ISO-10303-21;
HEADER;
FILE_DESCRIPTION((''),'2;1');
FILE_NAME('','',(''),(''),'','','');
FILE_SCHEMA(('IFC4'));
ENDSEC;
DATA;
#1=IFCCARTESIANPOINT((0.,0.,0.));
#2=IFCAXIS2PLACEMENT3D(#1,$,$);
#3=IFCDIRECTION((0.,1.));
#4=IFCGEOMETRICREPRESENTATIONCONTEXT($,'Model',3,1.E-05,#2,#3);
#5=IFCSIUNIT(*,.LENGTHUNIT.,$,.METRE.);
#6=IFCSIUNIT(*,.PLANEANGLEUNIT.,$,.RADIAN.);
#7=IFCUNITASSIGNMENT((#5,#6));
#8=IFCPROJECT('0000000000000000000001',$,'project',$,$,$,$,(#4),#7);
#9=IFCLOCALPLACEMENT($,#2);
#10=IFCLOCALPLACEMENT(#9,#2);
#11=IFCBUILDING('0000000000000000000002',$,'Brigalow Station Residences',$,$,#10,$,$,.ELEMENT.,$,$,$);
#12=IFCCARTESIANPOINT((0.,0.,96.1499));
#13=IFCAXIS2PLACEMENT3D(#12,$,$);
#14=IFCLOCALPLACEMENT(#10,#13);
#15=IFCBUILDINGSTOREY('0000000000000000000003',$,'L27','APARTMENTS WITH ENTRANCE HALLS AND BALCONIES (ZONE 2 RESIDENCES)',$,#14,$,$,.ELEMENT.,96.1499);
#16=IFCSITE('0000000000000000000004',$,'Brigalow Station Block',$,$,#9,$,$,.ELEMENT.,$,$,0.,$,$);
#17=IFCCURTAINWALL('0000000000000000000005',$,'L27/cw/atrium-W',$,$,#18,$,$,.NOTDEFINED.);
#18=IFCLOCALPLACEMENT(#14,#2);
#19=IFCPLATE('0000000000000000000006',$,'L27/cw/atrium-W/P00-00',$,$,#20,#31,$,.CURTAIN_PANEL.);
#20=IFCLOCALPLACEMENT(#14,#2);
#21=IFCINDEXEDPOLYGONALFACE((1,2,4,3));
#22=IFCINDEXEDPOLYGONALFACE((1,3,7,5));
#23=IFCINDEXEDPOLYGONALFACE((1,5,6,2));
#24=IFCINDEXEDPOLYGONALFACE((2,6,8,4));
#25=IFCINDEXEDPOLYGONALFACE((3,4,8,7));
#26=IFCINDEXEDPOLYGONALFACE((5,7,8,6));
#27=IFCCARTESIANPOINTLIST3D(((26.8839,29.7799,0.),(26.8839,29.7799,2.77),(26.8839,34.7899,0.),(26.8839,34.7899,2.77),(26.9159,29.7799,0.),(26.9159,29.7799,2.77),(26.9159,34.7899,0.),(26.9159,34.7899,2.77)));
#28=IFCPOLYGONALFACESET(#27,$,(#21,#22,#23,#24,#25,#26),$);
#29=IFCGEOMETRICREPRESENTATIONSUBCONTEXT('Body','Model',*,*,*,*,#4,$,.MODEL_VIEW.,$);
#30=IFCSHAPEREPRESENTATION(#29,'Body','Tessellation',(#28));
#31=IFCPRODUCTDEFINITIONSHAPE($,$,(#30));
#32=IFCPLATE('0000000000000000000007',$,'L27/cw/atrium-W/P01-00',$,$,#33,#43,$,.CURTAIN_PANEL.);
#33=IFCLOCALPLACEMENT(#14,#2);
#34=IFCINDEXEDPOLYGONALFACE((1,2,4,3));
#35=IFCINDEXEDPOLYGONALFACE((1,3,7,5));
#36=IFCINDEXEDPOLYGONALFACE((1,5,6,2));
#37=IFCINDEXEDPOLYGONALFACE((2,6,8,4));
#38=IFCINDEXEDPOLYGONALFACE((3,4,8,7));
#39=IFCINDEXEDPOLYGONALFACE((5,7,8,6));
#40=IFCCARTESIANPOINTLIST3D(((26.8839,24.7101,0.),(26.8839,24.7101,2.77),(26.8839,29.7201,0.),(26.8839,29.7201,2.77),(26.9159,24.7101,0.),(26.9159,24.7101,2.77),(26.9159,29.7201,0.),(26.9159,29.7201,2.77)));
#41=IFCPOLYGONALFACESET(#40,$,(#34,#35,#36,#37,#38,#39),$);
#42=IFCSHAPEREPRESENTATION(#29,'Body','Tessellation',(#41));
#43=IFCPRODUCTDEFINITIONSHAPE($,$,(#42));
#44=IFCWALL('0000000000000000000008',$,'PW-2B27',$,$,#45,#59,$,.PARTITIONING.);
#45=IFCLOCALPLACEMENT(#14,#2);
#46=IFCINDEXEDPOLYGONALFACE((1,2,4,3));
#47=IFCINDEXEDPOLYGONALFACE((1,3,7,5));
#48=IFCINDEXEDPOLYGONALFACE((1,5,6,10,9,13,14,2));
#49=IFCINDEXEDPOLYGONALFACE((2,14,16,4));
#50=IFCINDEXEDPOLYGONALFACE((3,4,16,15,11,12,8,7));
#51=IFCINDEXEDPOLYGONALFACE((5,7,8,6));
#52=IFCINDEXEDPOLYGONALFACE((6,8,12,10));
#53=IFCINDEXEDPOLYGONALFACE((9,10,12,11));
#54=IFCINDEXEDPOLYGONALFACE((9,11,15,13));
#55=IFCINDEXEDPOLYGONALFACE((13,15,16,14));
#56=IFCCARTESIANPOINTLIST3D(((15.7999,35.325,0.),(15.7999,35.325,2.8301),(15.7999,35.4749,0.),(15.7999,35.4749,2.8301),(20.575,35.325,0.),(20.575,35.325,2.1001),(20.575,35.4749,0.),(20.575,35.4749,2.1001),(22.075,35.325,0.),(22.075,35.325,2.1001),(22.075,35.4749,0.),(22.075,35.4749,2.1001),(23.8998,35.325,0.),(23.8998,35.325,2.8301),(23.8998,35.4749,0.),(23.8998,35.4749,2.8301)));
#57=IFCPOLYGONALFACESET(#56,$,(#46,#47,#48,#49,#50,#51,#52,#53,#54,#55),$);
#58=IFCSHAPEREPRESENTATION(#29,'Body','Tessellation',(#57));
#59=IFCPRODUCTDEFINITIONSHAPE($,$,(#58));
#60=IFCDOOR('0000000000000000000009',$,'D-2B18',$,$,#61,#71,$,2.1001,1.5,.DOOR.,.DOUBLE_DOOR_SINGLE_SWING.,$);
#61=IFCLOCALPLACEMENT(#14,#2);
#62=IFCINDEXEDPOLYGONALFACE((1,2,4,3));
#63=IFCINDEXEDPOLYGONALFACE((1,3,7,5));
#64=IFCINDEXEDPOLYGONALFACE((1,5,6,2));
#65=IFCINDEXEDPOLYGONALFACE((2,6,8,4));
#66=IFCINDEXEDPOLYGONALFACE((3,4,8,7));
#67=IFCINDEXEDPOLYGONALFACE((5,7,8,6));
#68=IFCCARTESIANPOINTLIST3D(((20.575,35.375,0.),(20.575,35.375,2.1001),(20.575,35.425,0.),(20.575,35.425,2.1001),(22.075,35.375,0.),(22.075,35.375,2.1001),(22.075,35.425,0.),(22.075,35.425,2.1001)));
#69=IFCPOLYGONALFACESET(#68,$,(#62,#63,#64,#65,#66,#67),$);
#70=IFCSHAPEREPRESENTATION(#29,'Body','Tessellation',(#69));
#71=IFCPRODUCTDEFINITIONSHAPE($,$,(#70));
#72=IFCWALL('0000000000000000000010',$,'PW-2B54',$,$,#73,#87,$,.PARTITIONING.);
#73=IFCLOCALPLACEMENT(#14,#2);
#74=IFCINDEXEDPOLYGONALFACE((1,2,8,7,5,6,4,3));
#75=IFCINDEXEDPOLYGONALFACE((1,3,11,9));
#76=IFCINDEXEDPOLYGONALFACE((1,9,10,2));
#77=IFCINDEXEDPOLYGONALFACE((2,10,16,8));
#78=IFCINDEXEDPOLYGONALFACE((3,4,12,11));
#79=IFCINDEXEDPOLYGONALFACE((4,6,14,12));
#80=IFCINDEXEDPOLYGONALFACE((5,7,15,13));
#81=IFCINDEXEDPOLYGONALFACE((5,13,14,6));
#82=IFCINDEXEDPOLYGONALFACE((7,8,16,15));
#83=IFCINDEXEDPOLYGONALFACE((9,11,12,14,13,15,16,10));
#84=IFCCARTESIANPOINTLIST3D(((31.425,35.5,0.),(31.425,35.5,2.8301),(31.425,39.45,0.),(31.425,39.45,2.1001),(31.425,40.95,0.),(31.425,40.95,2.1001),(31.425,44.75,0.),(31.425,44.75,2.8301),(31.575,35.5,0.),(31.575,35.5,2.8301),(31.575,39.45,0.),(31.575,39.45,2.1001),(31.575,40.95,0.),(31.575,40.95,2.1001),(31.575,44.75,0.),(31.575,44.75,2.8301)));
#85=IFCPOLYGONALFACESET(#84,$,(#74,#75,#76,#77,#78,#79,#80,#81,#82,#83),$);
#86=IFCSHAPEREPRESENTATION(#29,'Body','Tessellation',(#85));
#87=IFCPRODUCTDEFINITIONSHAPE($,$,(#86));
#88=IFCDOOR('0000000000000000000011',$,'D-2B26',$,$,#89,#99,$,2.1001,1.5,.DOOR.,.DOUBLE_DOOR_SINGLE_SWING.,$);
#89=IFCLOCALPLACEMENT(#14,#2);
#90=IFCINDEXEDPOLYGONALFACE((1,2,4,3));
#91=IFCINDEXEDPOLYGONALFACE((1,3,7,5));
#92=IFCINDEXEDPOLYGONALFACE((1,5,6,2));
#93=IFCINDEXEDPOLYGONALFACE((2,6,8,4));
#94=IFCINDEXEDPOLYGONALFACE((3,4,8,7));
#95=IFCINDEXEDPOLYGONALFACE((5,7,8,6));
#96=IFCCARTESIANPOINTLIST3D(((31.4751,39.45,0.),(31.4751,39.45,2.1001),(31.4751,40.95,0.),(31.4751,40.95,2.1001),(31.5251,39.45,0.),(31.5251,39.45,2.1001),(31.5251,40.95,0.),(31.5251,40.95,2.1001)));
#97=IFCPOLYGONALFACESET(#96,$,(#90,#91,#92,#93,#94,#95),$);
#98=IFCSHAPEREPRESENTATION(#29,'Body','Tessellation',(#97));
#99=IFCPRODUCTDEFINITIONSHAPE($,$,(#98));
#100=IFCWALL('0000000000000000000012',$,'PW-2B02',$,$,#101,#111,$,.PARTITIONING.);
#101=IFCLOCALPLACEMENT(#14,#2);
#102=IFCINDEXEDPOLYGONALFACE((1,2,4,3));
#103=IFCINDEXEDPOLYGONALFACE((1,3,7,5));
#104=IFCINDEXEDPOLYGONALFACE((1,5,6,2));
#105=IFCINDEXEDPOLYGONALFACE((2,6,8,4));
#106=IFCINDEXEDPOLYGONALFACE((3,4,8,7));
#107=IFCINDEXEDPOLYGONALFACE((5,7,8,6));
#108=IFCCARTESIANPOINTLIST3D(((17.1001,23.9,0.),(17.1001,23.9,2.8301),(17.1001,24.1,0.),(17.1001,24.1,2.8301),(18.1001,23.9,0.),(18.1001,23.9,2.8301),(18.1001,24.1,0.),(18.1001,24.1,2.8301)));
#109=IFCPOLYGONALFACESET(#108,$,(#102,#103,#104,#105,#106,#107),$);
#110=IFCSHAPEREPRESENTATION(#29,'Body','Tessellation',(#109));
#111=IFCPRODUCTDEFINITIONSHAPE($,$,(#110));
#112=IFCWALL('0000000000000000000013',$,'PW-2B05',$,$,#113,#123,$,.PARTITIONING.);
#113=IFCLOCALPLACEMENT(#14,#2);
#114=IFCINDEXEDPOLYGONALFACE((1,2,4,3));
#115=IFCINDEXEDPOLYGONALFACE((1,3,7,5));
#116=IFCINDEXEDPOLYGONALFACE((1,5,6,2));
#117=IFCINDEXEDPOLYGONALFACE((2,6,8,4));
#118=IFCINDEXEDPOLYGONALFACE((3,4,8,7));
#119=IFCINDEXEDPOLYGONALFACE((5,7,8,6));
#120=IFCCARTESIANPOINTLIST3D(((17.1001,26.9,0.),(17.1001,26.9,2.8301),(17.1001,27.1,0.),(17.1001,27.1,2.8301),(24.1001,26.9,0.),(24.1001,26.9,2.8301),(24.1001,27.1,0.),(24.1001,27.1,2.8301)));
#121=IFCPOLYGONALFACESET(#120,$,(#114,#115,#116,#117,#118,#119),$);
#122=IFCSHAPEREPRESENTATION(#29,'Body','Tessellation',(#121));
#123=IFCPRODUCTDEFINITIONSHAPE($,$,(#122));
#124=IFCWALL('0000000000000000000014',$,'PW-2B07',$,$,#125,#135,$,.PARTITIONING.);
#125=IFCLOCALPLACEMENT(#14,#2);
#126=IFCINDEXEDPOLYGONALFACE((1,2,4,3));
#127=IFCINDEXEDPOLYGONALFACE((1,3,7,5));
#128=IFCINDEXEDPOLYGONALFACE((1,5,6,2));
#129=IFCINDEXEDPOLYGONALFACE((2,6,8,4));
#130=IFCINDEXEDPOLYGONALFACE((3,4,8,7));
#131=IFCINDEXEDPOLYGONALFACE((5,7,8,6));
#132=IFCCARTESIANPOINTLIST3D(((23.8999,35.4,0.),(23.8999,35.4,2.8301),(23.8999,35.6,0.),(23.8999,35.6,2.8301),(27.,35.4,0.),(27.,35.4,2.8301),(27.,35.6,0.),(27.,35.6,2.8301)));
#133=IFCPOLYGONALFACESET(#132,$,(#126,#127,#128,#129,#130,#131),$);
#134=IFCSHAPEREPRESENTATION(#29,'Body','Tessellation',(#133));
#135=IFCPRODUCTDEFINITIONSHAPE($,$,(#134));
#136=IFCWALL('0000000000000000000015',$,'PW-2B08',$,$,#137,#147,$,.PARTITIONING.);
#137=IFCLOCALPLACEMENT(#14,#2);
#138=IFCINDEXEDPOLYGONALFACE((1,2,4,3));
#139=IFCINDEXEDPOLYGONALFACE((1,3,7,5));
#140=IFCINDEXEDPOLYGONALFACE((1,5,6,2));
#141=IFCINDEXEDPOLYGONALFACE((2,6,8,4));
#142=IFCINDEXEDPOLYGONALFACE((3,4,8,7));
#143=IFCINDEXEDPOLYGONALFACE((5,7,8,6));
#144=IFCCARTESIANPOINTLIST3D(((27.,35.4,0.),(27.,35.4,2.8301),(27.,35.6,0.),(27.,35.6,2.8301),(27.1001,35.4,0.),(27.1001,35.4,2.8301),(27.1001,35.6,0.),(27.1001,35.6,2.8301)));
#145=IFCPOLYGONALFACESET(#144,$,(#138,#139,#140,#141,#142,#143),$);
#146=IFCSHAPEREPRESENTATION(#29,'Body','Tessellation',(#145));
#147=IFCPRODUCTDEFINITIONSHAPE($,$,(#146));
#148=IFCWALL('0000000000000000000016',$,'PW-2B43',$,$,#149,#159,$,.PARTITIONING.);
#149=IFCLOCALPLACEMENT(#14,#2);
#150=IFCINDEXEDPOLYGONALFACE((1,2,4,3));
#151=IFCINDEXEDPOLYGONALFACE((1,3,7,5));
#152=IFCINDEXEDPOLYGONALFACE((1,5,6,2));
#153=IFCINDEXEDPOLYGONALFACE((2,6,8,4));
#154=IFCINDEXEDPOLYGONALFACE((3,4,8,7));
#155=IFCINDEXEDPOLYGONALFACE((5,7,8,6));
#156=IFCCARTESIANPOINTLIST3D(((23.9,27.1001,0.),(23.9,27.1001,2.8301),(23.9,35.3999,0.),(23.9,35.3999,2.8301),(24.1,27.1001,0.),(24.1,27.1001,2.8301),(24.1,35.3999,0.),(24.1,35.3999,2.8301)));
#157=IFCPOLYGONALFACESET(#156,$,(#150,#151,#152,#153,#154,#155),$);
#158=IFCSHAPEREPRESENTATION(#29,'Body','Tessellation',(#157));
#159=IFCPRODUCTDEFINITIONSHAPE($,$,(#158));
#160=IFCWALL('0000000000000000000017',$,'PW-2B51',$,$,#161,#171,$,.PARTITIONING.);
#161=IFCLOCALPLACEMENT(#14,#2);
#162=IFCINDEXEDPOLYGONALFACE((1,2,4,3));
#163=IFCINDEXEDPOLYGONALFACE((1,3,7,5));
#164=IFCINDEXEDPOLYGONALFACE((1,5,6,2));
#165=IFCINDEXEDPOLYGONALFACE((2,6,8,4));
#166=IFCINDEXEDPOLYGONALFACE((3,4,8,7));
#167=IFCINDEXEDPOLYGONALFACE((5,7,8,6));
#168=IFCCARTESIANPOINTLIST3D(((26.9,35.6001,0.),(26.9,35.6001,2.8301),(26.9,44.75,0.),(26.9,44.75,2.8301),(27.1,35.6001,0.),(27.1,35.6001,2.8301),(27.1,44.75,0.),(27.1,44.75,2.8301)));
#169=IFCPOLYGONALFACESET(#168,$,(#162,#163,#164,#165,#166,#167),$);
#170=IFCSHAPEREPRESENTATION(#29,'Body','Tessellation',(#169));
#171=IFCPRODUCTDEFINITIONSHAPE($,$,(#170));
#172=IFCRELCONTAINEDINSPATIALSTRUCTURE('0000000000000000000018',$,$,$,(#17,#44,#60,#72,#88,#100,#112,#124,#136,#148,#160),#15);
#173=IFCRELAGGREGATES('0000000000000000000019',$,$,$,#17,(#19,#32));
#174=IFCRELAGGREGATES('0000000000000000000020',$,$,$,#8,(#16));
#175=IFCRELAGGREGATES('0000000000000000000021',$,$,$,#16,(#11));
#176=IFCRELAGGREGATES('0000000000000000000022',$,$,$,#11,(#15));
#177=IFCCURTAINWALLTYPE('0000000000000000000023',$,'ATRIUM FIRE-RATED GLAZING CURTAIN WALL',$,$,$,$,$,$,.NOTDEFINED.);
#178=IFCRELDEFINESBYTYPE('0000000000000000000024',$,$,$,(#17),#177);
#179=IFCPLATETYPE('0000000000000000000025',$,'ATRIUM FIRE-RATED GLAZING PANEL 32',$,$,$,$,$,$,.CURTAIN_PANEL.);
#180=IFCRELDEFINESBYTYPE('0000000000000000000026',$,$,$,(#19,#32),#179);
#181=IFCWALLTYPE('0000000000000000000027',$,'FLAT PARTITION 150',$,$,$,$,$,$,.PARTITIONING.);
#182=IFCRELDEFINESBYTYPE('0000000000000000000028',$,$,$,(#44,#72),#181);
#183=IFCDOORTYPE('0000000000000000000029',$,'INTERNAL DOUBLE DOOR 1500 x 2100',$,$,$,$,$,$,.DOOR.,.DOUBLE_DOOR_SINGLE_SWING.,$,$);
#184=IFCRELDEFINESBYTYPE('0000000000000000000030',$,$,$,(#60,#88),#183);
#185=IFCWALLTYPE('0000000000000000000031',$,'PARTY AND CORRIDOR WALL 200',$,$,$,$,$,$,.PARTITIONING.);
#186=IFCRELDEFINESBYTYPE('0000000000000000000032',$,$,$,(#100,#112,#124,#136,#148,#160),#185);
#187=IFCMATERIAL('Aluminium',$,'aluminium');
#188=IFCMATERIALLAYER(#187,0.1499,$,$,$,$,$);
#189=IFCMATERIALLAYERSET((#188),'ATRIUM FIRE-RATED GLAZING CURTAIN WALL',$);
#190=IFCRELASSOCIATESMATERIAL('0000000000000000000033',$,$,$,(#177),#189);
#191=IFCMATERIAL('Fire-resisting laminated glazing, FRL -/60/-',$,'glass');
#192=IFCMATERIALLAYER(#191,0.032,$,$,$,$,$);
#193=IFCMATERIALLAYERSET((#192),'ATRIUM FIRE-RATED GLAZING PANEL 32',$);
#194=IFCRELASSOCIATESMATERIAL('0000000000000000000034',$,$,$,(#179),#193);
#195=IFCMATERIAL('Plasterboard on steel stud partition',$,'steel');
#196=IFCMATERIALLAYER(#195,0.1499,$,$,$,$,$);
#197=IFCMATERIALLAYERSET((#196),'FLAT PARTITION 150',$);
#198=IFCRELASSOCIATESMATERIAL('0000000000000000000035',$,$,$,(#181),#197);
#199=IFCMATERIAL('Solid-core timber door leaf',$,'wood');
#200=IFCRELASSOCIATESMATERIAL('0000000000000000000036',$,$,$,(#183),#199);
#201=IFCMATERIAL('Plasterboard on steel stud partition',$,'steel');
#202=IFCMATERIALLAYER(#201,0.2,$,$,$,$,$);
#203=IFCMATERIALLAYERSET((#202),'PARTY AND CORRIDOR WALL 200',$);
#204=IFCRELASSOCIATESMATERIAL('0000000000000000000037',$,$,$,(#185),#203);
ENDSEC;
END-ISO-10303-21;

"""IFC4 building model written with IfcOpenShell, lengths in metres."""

from ifc_helpers import new_model, si_unit, direction, frame, frame_2d, origin, origin_2d, place, context, subcontext, project, spatial, rectangle, extrude, material, layer, layer_set, type_object, element, fill, aggregate, save


model = new_model("IFC4")

# Units and contexts
model_context = context("Model", 3, precision=1e-05, world=origin(), true_north=direction((0.0, 1.0)))
body_context = subcontext(model_context, "Body", "Model", "MODEL_VIEW")
ifc_project = project(units=[si_unit("LENGTHUNIT", "METRE"), si_unit("PLANEANGLEUNIT", "RADIAN")], contexts=[model_context])

# Site, building, storey
site_placement = place(None, origin())
site = spatial("IfcSite", under=ifc_project, at=site_placement, Name="Brigalow Station Block", CompositionType="ELEMENT", RefElevation=0.0)
building_placement = place(site_placement, origin())
building = spatial("IfcBuilding", under=site, at=building_placement, Name="Brigalow Station Residences", CompositionType="ELEMENT")
storey_placement = place(building_placement, frame((0.0, 0.0, 96.1499)))
storey = spatial("IfcBuildingStorey", under=building, at=storey_placement, Name="L27", Description="APARTMENTS WITH ENTRANCE HALLS AND BALCONIES (ZONE 2 RESIDENCES)", CompositionType="ELEMENT", Elevation=96.1499)

# Shared definitions
ifc_material_1 = material(Name="Aluminium", Category="aluminium")
ifc_layer_1 = layer(ifc_material_1, 0.1499)
ifc_layer_set_1 = layer_set([ifc_layer_1], Name="ATRIUM FIRE-RATED GLAZING CURTAIN WALL")
curtain_wall_type = type_object("IfcCurtainWallType", Name="ATRIUM FIRE-RATED GLAZING CURTAIN WALL", PredefinedType="NOTDEFINED", material=ifc_layer_set_1)

# Curtain wall
curtain_wall_1_placement = place(storey_placement, origin())
curtain_wall_1 = element("IfcCurtainWall", 1, at=curtain_wall_1_placement, inside=storey, type_object=curtain_wall_type, Name="L27/cw/atrium-W", PredefinedType="NOTDEFINED")

# Plates
ifc_material_2 = material(Name="Fire-resisting laminated glazing, FRL -/60/-", Category="glass")
ifc_layer_2 = layer(ifc_material_2, 0.032)
ifc_layer_set_2 = layer_set([ifc_layer_2], Name="ATRIUM FIRE-RATED GLAZING PANEL 32")
plate_type = type_object("IfcPlateType", Name="ATRIUM FIRE-RATED GLAZING PANEL 32", PredefinedType="CURTAIN_PANEL", material=ifc_layer_set_2)
plate_1_placement = place(storey_placement, frame((26.8999, 32.2849, 0.0), z_axis=(0.0, 0.0, 1.0), x_axis=(0.0, -1.0, 0.0)))
plate_1 = element("IfcPlate", 2, at=plate_1_placement, type_object=plate_type, Name="L27/cw/atrium-W/P00-00", PredefinedType="CURTAIN_PANEL", context=body_context, shape_type="SweptSolid", body=[
    extrude(rectangle(XDim=5.01, YDim=0.032, at=origin_2d()), origin(), (0.0, 0.0, 1.0), 2.77),
])
plate_2_placement = place(storey_placement, frame((26.8999, 27.2151, 0.0), z_axis=(0.0, 0.0, 1.0), x_axis=(0.0, -1.0, 0.0)))
plate_2 = element("IfcPlate", 3, at=plate_2_placement, type_object=plate_type, Name="L27/cw/atrium-W/P01-00", PredefinedType="CURTAIN_PANEL", context=body_context, shape_type="SweptSolid", body=[
    extrude(rectangle(XDim=5.01, YDim=0.032, at=origin_2d()), origin(), (0.0, 0.0, 1.0), 2.77),
])
aggregate(curtain_wall_1, [plate_1, plate_2])

# Walls, openings, doors
ifc_material_3 = material(Name="Plasterboard on steel stud partition", Category="steel")
ifc_layer_3 = layer(ifc_material_3, 0.1499)
ifc_layer_set_3 = layer_set([ifc_layer_3], Name="FLAT PARTITION 150")
wall_type_1 = type_object("IfcWallType", Name="FLAT PARTITION 150", PredefinedType="PARTITIONING", material=ifc_layer_set_3)
wall_1_placement = place(storey_placement, frame((15.8, 35.3999, 0.0), z_axis=(0.0, 0.0, 1.0), x_axis=(1.0, 0.0, 0.0)))
wall_1 = element("IfcWall", 4, at=wall_1_placement, inside=storey, type_object=wall_type_1, Name="PW-2B27", PredefinedType="PARTITIONING", context=body_context, shape_type="SweptSolid", body=[
    extrude(rectangle(XDim=8.0999, YDim=0.1499, at=frame_2d((4.0498, 0.0))), origin(), (0.0, 0.0, 1.0), 2.8301),
])
opening_1_placement = place(wall_1_placement, frame((4.7749, 0.0, 0.0)))
opening_1 = element("IfcOpeningElement", 5, at=opening_1_placement, cuts=wall_1, PredefinedType="OPENING", context=body_context, shape_type="SweptSolid", body=[
    extrude(rectangle(XDim=1.5, YDim=2.1001, at=frame_2d((0.75, 1.05))), frame((0.0, 0.085, 0.0), z_axis=(0.0, -1.0, 0.0), x_axis=(1.0, 0.0, 0.0)), (0.0, 0.0, 1.0), 0.1699),
])
ifc_material_4 = material(Name="Solid-core timber door leaf", Category="wood")
door_type = type_object("IfcDoorType", Name="INTERNAL DOUBLE DOOR 1500 x 2100", OperationType="DOUBLE_DOOR_SINGLE_SWING", PredefinedType="DOOR", material=ifc_material_4)
door_1_placement = place(opening_1_placement, frame((1.5, 0.0, 0.0), z_axis=(0.0, 0.0, 1.0), x_axis=(-1.0, 0.0, 0.0)))
door_1 = element("IfcDoor", 6, at=door_1_placement, inside=storey, type_object=door_type, Name="D-2B18", OperationType="DOUBLE_DOOR_SINGLE_SWING", OverallHeight=2.1001, OverallWidth=1.5, PredefinedType="DOOR", context=body_context, shape_type="SweptSolid", body=[
    extrude(rectangle(XDim=1.5, YDim=2.1001, at=frame_2d((0.75, 1.05))), frame((0.0, 0.0249, 0.0), z_axis=(0.0, -1.0, 0.0), x_axis=(1.0, 0.0, 0.0)), (0.0, 0.0, 1.0), 0.05),
])
fill(opening_1, door_1)
wall_2_placement = place(storey_placement, frame((31.5, 35.5, 0.0), z_axis=(0.0, 0.0, 1.0), x_axis=(0.0, 1.0, 0.0)))
wall_2 = element("IfcWall", 7, at=wall_2_placement, inside=storey, type_object=wall_type_1, Name="PW-2B54", PredefinedType="PARTITIONING", context=body_context, shape_type="SweptSolid", body=[
    extrude(rectangle(XDim=9.25, YDim=0.1499, at=frame_2d((4.625, 0.0))), origin(), (0.0, 0.0, 1.0), 2.8301),
])
opening_2_placement = place(wall_2_placement, frame((3.95, 0.0, 0.0)))
opening_2 = element("IfcOpeningElement", 8, at=opening_2_placement, cuts=wall_2, PredefinedType="OPENING", context=body_context, shape_type="SweptSolid", body=[
    extrude(rectangle(XDim=1.5, YDim=2.1001, at=frame_2d((0.75, 1.05))), frame((0.0, 0.085, 0.0), z_axis=(0.0, -1.0, 0.0), x_axis=(1.0, 0.0, 0.0)), (0.0, 0.0, 1.0), 0.1699),
])
door_2_placement = place(opening_2_placement, origin())
door_2 = element("IfcDoor", 9, at=door_2_placement, inside=storey, type_object=door_type, Name="D-2B26", OperationType="DOUBLE_DOOR_SINGLE_SWING", OverallHeight=2.1001, OverallWidth=1.5, PredefinedType="DOOR", context=body_context, shape_type="SweptSolid", body=[
    extrude(rectangle(XDim=1.5, YDim=2.1001, at=frame_2d((0.75, 1.05))), frame((0.0, 0.0249, 0.0), z_axis=(0.0, -1.0, 0.0), x_axis=(1.0, 0.0, 0.0)), (0.0, 0.0, 1.0), 0.05),
])
fill(opening_2, door_2)

# Walls
ifc_material_5 = material(Name="Plasterboard on steel stud partition", Category="steel")
ifc_layer_4 = layer(ifc_material_5, 0.2)
ifc_layer_set_4 = layer_set([ifc_layer_4], Name="PARTY AND CORRIDOR WALL 200")
wall_type_2 = type_object("IfcWallType", Name="PARTY AND CORRIDOR WALL 200", PredefinedType="PARTITIONING", material=ifc_layer_set_4)
wall_3_placement = place(storey_placement, frame((17.1001, 24.0, 0.0), z_axis=(0.0, 0.0, 1.0), x_axis=(1.0, 0.0, 0.0)))
element("IfcWall", 10, at=wall_3_placement, inside=storey, type_object=wall_type_2, Name="PW-2B02", PredefinedType="PARTITIONING", context=body_context, shape_type="SweptSolid", body=[
    extrude(rectangle(XDim=1.0, YDim=0.2, at=frame_2d((0.5, 0.0))), origin(), (0.0, 0.0, 1.0), 2.8301),
])
wall_4_placement = place(storey_placement, frame((17.1001, 27.0, 0.0), z_axis=(0.0, 0.0, 1.0), x_axis=(1.0, 0.0, 0.0)))
element("IfcWall", 11, at=wall_4_placement, inside=storey, type_object=wall_type_2, Name="PW-2B05", PredefinedType="PARTITIONING", context=body_context, shape_type="SweptSolid", body=[
    extrude(rectangle(XDim=7.0, YDim=0.2, at=frame_2d((3.5, 0.0))), origin(), (0.0, 0.0, 1.0), 2.8301),
])
wall_5_placement = place(storey_placement, frame((23.8999, 35.5, 0.0), z_axis=(0.0, 0.0, 1.0), x_axis=(1.0, 0.0, 0.0)))
element("IfcWall", 12, at=wall_5_placement, inside=storey, type_object=wall_type_2, Name="PW-2B07", PredefinedType="PARTITIONING", context=body_context, shape_type="SweptSolid", body=[
    extrude(rectangle(XDim=3.1001, YDim=0.2, at=frame_2d((1.55, 0.0))), origin(), (0.0, 0.0, 1.0), 2.8301),
])
wall_6_placement = place(storey_placement, frame((27.0, 35.5, 0.0), z_axis=(0.0, 0.0, 1.0), x_axis=(1.0, 0.0, 0.0)))
element("IfcWall", 13, at=wall_6_placement, inside=storey, type_object=wall_type_2, Name="PW-2B08", PredefinedType="PARTITIONING", context=body_context, shape_type="SweptSolid", body=[
    extrude(rectangle(XDim=0.1001, YDim=0.2, at=frame_2d((0.05, 0.0))), origin(), (0.0, 0.0, 1.0), 2.8301),
])
wall_7_placement = place(storey_placement, frame((24.0, 27.1001, 0.0), z_axis=(0.0, 0.0, 1.0), x_axis=(0.0, 1.0, 0.0)))
element("IfcWall", 14, at=wall_7_placement, inside=storey, type_object=wall_type_2, Name="PW-2B43", PredefinedType="PARTITIONING", context=body_context, shape_type="SweptSolid", body=[
    extrude(rectangle(XDim=8.2998, YDim=0.2, at=frame_2d((4.1499, 0.0))), origin(), (0.0, 0.0, 1.0), 2.8301),
])
wall_8_placement = place(storey_placement, frame((27.0, 35.6001, 0.0), z_axis=(0.0, 0.0, 1.0), x_axis=(0.0, 1.0, 0.0)))
element("IfcWall", 15, at=wall_8_placement, inside=storey, type_object=wall_type_2, Name="PW-2B51", PredefinedType="PARTITIONING", context=body_context, shape_type="SweptSolid", body=[
    extrude(rectangle(XDim=9.1499, YDim=0.2, at=frame_2d((4.575, 0.0))), origin(), (0.0, 0.0, 1.0), 2.8301),
])

save(model, "model.ifc")
